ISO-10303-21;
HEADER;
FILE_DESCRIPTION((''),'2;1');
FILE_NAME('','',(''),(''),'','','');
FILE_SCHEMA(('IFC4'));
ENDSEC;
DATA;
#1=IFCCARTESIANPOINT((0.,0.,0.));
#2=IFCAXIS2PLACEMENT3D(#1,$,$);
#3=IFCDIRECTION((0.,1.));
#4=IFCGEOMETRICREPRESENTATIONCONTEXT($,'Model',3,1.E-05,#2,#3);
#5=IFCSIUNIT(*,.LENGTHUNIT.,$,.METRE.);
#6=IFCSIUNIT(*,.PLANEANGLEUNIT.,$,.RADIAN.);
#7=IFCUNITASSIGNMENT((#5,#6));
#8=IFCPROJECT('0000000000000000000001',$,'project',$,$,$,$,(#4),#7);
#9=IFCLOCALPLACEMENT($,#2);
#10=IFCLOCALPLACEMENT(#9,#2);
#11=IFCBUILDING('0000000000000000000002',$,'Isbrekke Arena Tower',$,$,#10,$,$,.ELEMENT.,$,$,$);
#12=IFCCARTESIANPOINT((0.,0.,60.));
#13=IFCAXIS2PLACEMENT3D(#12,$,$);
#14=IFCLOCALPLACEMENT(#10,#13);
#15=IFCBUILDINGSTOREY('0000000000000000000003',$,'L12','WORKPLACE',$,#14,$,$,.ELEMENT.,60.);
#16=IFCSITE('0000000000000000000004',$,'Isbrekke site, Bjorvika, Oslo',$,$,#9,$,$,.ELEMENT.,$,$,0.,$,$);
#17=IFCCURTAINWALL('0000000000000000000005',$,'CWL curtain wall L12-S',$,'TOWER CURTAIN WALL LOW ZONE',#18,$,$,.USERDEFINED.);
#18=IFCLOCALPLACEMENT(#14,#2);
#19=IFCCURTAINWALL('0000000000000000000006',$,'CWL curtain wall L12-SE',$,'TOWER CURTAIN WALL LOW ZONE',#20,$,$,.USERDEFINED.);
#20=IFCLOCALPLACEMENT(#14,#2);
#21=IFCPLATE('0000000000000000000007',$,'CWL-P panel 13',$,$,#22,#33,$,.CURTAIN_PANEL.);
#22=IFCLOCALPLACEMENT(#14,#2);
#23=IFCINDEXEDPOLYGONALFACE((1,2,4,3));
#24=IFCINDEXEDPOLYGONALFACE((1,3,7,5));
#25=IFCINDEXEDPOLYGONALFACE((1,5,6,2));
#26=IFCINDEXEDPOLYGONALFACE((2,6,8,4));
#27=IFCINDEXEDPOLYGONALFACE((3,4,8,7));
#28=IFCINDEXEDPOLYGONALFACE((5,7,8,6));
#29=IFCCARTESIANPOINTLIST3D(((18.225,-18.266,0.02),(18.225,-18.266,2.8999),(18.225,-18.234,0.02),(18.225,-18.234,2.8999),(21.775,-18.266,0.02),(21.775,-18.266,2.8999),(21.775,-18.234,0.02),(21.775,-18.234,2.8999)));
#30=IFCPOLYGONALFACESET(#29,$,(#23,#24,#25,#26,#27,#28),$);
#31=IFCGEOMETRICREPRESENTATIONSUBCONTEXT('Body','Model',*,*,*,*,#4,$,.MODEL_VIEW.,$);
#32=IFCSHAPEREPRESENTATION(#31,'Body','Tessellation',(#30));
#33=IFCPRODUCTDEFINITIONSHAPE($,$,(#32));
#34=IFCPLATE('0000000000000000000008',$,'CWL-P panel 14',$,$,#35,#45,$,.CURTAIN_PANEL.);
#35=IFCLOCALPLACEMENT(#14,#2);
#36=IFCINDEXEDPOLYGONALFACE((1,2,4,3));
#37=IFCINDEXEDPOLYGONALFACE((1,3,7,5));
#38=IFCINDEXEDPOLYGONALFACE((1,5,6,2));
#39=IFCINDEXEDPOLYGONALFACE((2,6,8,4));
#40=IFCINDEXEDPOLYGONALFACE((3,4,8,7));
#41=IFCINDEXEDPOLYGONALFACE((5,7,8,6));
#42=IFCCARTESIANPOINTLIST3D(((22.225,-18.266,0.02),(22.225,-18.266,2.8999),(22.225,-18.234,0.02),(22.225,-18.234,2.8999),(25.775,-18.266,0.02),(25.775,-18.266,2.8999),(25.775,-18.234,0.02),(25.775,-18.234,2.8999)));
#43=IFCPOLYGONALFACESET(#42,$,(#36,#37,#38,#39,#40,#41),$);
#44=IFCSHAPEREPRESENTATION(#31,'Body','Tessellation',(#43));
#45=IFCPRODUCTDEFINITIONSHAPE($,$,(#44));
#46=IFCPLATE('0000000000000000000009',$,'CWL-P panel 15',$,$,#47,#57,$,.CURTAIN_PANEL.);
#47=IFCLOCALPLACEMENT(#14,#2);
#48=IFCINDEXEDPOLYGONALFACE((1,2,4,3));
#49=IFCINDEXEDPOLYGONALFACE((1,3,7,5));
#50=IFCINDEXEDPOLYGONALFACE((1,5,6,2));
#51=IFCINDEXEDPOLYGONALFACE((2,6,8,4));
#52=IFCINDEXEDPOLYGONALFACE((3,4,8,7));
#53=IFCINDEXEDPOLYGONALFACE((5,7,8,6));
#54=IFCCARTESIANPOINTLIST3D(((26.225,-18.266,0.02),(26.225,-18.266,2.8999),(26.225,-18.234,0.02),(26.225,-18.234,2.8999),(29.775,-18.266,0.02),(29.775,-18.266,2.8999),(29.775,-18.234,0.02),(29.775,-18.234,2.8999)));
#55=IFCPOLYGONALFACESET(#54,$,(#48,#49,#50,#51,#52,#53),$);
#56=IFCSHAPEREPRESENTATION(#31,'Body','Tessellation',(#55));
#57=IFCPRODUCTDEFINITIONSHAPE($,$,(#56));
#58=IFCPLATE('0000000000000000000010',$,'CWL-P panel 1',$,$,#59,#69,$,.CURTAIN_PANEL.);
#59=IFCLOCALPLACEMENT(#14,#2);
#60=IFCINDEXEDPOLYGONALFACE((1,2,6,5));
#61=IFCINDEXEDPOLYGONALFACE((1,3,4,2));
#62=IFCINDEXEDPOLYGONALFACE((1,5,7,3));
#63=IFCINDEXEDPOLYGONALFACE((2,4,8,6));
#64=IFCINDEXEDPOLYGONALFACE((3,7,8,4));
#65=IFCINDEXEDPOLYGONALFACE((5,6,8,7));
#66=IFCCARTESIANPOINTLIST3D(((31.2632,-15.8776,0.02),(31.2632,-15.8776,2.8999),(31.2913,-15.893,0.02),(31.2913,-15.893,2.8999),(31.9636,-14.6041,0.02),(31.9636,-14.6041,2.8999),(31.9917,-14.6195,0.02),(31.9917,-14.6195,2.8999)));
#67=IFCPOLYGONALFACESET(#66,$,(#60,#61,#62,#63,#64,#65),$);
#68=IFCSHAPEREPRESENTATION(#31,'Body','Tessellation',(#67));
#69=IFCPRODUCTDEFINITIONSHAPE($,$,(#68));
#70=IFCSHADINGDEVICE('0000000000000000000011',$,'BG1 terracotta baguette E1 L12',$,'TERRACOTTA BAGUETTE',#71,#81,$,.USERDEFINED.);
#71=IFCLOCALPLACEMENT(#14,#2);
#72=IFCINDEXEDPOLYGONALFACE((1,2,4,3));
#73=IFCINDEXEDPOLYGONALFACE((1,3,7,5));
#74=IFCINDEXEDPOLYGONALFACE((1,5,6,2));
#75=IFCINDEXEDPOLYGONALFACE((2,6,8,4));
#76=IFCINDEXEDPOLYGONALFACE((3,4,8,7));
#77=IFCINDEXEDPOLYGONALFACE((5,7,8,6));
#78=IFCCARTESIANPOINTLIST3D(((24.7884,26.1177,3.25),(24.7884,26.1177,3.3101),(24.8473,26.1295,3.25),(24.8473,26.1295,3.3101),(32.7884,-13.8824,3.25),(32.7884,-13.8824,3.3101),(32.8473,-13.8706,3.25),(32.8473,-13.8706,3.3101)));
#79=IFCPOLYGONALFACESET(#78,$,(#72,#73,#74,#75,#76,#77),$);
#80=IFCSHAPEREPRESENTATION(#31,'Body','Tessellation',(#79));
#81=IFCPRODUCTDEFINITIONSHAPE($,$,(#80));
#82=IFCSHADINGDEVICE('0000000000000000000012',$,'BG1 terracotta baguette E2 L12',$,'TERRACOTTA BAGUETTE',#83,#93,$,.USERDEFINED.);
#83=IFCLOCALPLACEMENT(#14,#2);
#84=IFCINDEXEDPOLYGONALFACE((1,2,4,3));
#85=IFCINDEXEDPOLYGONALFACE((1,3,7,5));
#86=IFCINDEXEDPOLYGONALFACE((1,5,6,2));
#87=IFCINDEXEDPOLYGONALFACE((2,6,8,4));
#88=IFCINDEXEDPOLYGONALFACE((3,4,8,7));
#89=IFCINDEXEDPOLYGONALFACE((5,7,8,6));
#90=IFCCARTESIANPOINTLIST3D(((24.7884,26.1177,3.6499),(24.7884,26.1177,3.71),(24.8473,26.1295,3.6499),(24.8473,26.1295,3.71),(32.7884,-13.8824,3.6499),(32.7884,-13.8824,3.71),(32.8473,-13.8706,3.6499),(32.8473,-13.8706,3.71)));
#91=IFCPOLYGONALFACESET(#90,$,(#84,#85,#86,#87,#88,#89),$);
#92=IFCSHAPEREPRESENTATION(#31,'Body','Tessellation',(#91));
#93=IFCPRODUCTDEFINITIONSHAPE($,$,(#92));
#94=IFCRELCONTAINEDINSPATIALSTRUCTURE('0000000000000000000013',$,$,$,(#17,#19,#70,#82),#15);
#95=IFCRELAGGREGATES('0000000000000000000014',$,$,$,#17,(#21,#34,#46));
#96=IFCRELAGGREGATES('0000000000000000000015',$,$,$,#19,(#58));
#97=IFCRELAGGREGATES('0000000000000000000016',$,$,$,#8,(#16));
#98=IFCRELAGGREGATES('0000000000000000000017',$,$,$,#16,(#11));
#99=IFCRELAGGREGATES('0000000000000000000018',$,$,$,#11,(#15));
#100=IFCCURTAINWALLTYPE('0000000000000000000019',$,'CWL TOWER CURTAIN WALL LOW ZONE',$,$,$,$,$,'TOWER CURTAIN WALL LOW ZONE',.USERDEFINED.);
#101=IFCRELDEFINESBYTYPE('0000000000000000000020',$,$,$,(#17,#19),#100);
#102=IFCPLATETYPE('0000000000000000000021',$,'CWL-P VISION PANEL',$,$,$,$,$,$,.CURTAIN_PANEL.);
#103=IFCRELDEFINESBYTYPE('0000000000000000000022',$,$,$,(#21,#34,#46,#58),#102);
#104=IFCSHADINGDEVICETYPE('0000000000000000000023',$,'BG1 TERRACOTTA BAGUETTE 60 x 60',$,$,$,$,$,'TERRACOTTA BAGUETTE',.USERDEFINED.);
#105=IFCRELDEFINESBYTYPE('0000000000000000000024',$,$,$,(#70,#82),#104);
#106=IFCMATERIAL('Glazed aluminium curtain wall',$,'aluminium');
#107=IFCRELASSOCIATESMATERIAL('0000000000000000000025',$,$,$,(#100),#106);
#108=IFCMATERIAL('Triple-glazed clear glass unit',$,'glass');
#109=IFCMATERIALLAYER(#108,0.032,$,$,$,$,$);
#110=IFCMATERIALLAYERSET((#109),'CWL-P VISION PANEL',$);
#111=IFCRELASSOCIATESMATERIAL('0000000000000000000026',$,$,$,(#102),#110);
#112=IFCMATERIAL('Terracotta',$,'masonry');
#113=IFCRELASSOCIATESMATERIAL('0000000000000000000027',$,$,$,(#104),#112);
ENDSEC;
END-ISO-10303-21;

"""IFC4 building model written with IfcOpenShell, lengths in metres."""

from ifc_helpers import new_model, si_unit, direction, frame, origin, origin_2d, place, context, subcontext, project, spatial, rectangle, extrude, material, layer, layer_set, material_profile, profile_set, type_object, element, aggregate, save


model = new_model("IFC4")

# Units and contexts
model_context = context("Model", 3, precision=1e-05, world=origin(), true_north=direction((0.0, 1.0)))
body_context = subcontext(model_context, "Body", "Model", "MODEL_VIEW")
ifc_project = project(units=[si_unit("LENGTHUNIT", "METRE"), si_unit("PLANEANGLEUNIT", "RADIAN")], contexts=[model_context])

# Site, building, storey
site_placement = place(None, origin())
site = spatial("IfcSite", under=ifc_project, at=site_placement, Name="Isbrekke site, Bjorvika, Oslo", CompositionType="ELEMENT", RefElevation=0.0)
building_placement = place(site_placement, origin())
building = spatial("IfcBuilding", under=site, at=building_placement, Name="Isbrekke Arena Tower", CompositionType="ELEMENT")
storey_placement = place(building_placement, frame((0.0, 0.0, 60.0)))
storey = spatial("IfcBuildingStorey", under=building, at=storey_placement, Name="L12", Description="WORKPLACE", CompositionType="ELEMENT", Elevation=60.0)

# Curtain walls
ifc_material_1 = material(Name="Glazed aluminium curtain wall", Category="aluminium")
curtain_wall_type = type_object("IfcCurtainWallType", Name="CWL TOWER CURTAIN WALL LOW ZONE", ElementType="TOWER CURTAIN WALL LOW ZONE", PredefinedType="USERDEFINED", material=ifc_material_1)
curtain_wall_1_placement = place(storey_placement, origin())
curtain_wall_1 = element("IfcCurtainWall", 1, at=curtain_wall_1_placement, inside=storey, type_object=curtain_wall_type, Name="CWL curtain wall L12-S", ObjectType="TOWER CURTAIN WALL LOW ZONE", PredefinedType="USERDEFINED")
curtain_wall_2_placement = place(storey_placement, origin())
curtain_wall_2 = element("IfcCurtainWall", 2, at=curtain_wall_2_placement, inside=storey, type_object=curtain_wall_type, Name="CWL curtain wall L12-SE", ObjectType="TOWER CURTAIN WALL LOW ZONE", PredefinedType="USERDEFINED")

# Plates
ifc_material_2 = material(Name="Triple-glazed clear glass unit", Category="glass")
ifc_layer = layer(ifc_material_2, 0.032)
ifc_layer_set = layer_set([ifc_layer], Name="CWL-P VISION PANEL")
plate_type = type_object("IfcPlateType", Name="CWL-P VISION PANEL", PredefinedType="CURTAIN_PANEL", material=ifc_layer_set)
plate_1_placement = place(storey_placement, frame((20.0, -18.25, 0.02), z_axis=(0.0, 0.0, 1.0), x_axis=(1.0, 0.0, 0.0)))
plate_1 = element("IfcPlate", 3, at=plate_1_placement, type_object=plate_type, Name="CWL-P panel 13", PredefinedType="CURTAIN_PANEL", context=body_context, shape_type="SweptSolid", body=[
    extrude(rectangle(XDim=3.55, YDim=0.032, at=origin_2d()), origin(), (0.0, 0.0, 1.0), 2.8799),
])
plate_2_placement = place(storey_placement, frame((24.0, -18.25, 0.02), z_axis=(0.0, 0.0, 1.0), x_axis=(1.0, 0.0, 0.0)))
plate_2 = element("IfcPlate", 4, at=plate_2_placement, type_object=plate_type, Name="CWL-P panel 14", PredefinedType="CURTAIN_PANEL", context=body_context, shape_type="SweptSolid", body=[
    extrude(rectangle(XDim=3.55, YDim=0.032, at=origin_2d()), origin(), (0.0, 0.0, 1.0), 2.8799),
])
plate_3_placement = place(storey_placement, frame((28.0, -18.25, 0.02), z_axis=(0.0, 0.0, 1.0), x_axis=(1.0, 0.0, 0.0)))
plate_3 = element("IfcPlate", 5, at=plate_3_placement, type_object=plate_type, Name="CWL-P panel 15", PredefinedType="CURTAIN_PANEL", context=body_context, shape_type="SweptSolid", body=[
    extrude(rectangle(XDim=3.55, YDim=0.032, at=origin_2d()), origin(), (0.0, 0.0, 1.0), 2.8799),
])
aggregate(curtain_wall_1, [plate_1, plate_2, plate_3])
plate_4_placement = place(storey_placement, frame((31.6274, -15.2485, 0.02), z_axis=(0.0, 0.0, 1.0), x_axis=(0.481919, 0.876216, 0.0)))
plate_4 = element("IfcPlate", 6, at=plate_4_placement, type_object=plate_type, Name="CWL-P panel 1", PredefinedType="CURTAIN_PANEL", context=body_context, shape_type="SweptSolid", body=[
    extrude(rectangle(XDim=1.4534, YDim=0.032, at=origin_2d()), origin(), (0.0, 0.0, 1.0), 2.8799),
])
aggregate(curtain_wall_2, [plate_4])

# Shading devices
ifc_material_3 = material(Name="Terracotta", Category="masonry")
ifc_material_profile_1 = material_profile(ifc_material_3, rectangle(XDim=0.0601, YDim=0.0601, at=origin_2d()), Name="BAGUETTE 60X60")
ifc_profile_set_1 = profile_set([ifc_material_profile_1], Name="Terracotta")
shading_device_type = type_object("IfcShadingDeviceType", Name="BG1 TERRACOTTA BAGUETTE 60 x 60", ElementType="TERRACOTTA BAGUETTE", PredefinedType="USERDEFINED", material=ifc_profile_set_1)
for number, where, z_axis, x_axis, name in (
    (7, (32.8179, -13.8765, 3.28), (-0.196116, 0.980581, 0.0), (-0.980581, -0.196116, 0.0), "BG1 terracotta baguette E1 L12"),
    (8, (32.8179, -13.8765, 3.6799), (-0.196116, 0.980581, 0.0), (-0.980581, -0.196116, 0.0), "BG1 terracotta baguette E2 L12"),
):
    element("IfcShadingDevice", number, at=place(storey_placement, frame(where, z_axis=z_axis, x_axis=x_axis)), inside=storey, type_object=shading_device_type, Name=name, ObjectType="TERRACOTTA BAGUETTE", PredefinedType="USERDEFINED", context=body_context, shape_type="SweptSolid", body=[
        extrude(rectangle(XDim=0.0601, YDim=0.0601, at=origin_2d()), origin(), (0.0, 0.0, 1.0), 40.7922),
    ])

save(model, "model.ifc")
